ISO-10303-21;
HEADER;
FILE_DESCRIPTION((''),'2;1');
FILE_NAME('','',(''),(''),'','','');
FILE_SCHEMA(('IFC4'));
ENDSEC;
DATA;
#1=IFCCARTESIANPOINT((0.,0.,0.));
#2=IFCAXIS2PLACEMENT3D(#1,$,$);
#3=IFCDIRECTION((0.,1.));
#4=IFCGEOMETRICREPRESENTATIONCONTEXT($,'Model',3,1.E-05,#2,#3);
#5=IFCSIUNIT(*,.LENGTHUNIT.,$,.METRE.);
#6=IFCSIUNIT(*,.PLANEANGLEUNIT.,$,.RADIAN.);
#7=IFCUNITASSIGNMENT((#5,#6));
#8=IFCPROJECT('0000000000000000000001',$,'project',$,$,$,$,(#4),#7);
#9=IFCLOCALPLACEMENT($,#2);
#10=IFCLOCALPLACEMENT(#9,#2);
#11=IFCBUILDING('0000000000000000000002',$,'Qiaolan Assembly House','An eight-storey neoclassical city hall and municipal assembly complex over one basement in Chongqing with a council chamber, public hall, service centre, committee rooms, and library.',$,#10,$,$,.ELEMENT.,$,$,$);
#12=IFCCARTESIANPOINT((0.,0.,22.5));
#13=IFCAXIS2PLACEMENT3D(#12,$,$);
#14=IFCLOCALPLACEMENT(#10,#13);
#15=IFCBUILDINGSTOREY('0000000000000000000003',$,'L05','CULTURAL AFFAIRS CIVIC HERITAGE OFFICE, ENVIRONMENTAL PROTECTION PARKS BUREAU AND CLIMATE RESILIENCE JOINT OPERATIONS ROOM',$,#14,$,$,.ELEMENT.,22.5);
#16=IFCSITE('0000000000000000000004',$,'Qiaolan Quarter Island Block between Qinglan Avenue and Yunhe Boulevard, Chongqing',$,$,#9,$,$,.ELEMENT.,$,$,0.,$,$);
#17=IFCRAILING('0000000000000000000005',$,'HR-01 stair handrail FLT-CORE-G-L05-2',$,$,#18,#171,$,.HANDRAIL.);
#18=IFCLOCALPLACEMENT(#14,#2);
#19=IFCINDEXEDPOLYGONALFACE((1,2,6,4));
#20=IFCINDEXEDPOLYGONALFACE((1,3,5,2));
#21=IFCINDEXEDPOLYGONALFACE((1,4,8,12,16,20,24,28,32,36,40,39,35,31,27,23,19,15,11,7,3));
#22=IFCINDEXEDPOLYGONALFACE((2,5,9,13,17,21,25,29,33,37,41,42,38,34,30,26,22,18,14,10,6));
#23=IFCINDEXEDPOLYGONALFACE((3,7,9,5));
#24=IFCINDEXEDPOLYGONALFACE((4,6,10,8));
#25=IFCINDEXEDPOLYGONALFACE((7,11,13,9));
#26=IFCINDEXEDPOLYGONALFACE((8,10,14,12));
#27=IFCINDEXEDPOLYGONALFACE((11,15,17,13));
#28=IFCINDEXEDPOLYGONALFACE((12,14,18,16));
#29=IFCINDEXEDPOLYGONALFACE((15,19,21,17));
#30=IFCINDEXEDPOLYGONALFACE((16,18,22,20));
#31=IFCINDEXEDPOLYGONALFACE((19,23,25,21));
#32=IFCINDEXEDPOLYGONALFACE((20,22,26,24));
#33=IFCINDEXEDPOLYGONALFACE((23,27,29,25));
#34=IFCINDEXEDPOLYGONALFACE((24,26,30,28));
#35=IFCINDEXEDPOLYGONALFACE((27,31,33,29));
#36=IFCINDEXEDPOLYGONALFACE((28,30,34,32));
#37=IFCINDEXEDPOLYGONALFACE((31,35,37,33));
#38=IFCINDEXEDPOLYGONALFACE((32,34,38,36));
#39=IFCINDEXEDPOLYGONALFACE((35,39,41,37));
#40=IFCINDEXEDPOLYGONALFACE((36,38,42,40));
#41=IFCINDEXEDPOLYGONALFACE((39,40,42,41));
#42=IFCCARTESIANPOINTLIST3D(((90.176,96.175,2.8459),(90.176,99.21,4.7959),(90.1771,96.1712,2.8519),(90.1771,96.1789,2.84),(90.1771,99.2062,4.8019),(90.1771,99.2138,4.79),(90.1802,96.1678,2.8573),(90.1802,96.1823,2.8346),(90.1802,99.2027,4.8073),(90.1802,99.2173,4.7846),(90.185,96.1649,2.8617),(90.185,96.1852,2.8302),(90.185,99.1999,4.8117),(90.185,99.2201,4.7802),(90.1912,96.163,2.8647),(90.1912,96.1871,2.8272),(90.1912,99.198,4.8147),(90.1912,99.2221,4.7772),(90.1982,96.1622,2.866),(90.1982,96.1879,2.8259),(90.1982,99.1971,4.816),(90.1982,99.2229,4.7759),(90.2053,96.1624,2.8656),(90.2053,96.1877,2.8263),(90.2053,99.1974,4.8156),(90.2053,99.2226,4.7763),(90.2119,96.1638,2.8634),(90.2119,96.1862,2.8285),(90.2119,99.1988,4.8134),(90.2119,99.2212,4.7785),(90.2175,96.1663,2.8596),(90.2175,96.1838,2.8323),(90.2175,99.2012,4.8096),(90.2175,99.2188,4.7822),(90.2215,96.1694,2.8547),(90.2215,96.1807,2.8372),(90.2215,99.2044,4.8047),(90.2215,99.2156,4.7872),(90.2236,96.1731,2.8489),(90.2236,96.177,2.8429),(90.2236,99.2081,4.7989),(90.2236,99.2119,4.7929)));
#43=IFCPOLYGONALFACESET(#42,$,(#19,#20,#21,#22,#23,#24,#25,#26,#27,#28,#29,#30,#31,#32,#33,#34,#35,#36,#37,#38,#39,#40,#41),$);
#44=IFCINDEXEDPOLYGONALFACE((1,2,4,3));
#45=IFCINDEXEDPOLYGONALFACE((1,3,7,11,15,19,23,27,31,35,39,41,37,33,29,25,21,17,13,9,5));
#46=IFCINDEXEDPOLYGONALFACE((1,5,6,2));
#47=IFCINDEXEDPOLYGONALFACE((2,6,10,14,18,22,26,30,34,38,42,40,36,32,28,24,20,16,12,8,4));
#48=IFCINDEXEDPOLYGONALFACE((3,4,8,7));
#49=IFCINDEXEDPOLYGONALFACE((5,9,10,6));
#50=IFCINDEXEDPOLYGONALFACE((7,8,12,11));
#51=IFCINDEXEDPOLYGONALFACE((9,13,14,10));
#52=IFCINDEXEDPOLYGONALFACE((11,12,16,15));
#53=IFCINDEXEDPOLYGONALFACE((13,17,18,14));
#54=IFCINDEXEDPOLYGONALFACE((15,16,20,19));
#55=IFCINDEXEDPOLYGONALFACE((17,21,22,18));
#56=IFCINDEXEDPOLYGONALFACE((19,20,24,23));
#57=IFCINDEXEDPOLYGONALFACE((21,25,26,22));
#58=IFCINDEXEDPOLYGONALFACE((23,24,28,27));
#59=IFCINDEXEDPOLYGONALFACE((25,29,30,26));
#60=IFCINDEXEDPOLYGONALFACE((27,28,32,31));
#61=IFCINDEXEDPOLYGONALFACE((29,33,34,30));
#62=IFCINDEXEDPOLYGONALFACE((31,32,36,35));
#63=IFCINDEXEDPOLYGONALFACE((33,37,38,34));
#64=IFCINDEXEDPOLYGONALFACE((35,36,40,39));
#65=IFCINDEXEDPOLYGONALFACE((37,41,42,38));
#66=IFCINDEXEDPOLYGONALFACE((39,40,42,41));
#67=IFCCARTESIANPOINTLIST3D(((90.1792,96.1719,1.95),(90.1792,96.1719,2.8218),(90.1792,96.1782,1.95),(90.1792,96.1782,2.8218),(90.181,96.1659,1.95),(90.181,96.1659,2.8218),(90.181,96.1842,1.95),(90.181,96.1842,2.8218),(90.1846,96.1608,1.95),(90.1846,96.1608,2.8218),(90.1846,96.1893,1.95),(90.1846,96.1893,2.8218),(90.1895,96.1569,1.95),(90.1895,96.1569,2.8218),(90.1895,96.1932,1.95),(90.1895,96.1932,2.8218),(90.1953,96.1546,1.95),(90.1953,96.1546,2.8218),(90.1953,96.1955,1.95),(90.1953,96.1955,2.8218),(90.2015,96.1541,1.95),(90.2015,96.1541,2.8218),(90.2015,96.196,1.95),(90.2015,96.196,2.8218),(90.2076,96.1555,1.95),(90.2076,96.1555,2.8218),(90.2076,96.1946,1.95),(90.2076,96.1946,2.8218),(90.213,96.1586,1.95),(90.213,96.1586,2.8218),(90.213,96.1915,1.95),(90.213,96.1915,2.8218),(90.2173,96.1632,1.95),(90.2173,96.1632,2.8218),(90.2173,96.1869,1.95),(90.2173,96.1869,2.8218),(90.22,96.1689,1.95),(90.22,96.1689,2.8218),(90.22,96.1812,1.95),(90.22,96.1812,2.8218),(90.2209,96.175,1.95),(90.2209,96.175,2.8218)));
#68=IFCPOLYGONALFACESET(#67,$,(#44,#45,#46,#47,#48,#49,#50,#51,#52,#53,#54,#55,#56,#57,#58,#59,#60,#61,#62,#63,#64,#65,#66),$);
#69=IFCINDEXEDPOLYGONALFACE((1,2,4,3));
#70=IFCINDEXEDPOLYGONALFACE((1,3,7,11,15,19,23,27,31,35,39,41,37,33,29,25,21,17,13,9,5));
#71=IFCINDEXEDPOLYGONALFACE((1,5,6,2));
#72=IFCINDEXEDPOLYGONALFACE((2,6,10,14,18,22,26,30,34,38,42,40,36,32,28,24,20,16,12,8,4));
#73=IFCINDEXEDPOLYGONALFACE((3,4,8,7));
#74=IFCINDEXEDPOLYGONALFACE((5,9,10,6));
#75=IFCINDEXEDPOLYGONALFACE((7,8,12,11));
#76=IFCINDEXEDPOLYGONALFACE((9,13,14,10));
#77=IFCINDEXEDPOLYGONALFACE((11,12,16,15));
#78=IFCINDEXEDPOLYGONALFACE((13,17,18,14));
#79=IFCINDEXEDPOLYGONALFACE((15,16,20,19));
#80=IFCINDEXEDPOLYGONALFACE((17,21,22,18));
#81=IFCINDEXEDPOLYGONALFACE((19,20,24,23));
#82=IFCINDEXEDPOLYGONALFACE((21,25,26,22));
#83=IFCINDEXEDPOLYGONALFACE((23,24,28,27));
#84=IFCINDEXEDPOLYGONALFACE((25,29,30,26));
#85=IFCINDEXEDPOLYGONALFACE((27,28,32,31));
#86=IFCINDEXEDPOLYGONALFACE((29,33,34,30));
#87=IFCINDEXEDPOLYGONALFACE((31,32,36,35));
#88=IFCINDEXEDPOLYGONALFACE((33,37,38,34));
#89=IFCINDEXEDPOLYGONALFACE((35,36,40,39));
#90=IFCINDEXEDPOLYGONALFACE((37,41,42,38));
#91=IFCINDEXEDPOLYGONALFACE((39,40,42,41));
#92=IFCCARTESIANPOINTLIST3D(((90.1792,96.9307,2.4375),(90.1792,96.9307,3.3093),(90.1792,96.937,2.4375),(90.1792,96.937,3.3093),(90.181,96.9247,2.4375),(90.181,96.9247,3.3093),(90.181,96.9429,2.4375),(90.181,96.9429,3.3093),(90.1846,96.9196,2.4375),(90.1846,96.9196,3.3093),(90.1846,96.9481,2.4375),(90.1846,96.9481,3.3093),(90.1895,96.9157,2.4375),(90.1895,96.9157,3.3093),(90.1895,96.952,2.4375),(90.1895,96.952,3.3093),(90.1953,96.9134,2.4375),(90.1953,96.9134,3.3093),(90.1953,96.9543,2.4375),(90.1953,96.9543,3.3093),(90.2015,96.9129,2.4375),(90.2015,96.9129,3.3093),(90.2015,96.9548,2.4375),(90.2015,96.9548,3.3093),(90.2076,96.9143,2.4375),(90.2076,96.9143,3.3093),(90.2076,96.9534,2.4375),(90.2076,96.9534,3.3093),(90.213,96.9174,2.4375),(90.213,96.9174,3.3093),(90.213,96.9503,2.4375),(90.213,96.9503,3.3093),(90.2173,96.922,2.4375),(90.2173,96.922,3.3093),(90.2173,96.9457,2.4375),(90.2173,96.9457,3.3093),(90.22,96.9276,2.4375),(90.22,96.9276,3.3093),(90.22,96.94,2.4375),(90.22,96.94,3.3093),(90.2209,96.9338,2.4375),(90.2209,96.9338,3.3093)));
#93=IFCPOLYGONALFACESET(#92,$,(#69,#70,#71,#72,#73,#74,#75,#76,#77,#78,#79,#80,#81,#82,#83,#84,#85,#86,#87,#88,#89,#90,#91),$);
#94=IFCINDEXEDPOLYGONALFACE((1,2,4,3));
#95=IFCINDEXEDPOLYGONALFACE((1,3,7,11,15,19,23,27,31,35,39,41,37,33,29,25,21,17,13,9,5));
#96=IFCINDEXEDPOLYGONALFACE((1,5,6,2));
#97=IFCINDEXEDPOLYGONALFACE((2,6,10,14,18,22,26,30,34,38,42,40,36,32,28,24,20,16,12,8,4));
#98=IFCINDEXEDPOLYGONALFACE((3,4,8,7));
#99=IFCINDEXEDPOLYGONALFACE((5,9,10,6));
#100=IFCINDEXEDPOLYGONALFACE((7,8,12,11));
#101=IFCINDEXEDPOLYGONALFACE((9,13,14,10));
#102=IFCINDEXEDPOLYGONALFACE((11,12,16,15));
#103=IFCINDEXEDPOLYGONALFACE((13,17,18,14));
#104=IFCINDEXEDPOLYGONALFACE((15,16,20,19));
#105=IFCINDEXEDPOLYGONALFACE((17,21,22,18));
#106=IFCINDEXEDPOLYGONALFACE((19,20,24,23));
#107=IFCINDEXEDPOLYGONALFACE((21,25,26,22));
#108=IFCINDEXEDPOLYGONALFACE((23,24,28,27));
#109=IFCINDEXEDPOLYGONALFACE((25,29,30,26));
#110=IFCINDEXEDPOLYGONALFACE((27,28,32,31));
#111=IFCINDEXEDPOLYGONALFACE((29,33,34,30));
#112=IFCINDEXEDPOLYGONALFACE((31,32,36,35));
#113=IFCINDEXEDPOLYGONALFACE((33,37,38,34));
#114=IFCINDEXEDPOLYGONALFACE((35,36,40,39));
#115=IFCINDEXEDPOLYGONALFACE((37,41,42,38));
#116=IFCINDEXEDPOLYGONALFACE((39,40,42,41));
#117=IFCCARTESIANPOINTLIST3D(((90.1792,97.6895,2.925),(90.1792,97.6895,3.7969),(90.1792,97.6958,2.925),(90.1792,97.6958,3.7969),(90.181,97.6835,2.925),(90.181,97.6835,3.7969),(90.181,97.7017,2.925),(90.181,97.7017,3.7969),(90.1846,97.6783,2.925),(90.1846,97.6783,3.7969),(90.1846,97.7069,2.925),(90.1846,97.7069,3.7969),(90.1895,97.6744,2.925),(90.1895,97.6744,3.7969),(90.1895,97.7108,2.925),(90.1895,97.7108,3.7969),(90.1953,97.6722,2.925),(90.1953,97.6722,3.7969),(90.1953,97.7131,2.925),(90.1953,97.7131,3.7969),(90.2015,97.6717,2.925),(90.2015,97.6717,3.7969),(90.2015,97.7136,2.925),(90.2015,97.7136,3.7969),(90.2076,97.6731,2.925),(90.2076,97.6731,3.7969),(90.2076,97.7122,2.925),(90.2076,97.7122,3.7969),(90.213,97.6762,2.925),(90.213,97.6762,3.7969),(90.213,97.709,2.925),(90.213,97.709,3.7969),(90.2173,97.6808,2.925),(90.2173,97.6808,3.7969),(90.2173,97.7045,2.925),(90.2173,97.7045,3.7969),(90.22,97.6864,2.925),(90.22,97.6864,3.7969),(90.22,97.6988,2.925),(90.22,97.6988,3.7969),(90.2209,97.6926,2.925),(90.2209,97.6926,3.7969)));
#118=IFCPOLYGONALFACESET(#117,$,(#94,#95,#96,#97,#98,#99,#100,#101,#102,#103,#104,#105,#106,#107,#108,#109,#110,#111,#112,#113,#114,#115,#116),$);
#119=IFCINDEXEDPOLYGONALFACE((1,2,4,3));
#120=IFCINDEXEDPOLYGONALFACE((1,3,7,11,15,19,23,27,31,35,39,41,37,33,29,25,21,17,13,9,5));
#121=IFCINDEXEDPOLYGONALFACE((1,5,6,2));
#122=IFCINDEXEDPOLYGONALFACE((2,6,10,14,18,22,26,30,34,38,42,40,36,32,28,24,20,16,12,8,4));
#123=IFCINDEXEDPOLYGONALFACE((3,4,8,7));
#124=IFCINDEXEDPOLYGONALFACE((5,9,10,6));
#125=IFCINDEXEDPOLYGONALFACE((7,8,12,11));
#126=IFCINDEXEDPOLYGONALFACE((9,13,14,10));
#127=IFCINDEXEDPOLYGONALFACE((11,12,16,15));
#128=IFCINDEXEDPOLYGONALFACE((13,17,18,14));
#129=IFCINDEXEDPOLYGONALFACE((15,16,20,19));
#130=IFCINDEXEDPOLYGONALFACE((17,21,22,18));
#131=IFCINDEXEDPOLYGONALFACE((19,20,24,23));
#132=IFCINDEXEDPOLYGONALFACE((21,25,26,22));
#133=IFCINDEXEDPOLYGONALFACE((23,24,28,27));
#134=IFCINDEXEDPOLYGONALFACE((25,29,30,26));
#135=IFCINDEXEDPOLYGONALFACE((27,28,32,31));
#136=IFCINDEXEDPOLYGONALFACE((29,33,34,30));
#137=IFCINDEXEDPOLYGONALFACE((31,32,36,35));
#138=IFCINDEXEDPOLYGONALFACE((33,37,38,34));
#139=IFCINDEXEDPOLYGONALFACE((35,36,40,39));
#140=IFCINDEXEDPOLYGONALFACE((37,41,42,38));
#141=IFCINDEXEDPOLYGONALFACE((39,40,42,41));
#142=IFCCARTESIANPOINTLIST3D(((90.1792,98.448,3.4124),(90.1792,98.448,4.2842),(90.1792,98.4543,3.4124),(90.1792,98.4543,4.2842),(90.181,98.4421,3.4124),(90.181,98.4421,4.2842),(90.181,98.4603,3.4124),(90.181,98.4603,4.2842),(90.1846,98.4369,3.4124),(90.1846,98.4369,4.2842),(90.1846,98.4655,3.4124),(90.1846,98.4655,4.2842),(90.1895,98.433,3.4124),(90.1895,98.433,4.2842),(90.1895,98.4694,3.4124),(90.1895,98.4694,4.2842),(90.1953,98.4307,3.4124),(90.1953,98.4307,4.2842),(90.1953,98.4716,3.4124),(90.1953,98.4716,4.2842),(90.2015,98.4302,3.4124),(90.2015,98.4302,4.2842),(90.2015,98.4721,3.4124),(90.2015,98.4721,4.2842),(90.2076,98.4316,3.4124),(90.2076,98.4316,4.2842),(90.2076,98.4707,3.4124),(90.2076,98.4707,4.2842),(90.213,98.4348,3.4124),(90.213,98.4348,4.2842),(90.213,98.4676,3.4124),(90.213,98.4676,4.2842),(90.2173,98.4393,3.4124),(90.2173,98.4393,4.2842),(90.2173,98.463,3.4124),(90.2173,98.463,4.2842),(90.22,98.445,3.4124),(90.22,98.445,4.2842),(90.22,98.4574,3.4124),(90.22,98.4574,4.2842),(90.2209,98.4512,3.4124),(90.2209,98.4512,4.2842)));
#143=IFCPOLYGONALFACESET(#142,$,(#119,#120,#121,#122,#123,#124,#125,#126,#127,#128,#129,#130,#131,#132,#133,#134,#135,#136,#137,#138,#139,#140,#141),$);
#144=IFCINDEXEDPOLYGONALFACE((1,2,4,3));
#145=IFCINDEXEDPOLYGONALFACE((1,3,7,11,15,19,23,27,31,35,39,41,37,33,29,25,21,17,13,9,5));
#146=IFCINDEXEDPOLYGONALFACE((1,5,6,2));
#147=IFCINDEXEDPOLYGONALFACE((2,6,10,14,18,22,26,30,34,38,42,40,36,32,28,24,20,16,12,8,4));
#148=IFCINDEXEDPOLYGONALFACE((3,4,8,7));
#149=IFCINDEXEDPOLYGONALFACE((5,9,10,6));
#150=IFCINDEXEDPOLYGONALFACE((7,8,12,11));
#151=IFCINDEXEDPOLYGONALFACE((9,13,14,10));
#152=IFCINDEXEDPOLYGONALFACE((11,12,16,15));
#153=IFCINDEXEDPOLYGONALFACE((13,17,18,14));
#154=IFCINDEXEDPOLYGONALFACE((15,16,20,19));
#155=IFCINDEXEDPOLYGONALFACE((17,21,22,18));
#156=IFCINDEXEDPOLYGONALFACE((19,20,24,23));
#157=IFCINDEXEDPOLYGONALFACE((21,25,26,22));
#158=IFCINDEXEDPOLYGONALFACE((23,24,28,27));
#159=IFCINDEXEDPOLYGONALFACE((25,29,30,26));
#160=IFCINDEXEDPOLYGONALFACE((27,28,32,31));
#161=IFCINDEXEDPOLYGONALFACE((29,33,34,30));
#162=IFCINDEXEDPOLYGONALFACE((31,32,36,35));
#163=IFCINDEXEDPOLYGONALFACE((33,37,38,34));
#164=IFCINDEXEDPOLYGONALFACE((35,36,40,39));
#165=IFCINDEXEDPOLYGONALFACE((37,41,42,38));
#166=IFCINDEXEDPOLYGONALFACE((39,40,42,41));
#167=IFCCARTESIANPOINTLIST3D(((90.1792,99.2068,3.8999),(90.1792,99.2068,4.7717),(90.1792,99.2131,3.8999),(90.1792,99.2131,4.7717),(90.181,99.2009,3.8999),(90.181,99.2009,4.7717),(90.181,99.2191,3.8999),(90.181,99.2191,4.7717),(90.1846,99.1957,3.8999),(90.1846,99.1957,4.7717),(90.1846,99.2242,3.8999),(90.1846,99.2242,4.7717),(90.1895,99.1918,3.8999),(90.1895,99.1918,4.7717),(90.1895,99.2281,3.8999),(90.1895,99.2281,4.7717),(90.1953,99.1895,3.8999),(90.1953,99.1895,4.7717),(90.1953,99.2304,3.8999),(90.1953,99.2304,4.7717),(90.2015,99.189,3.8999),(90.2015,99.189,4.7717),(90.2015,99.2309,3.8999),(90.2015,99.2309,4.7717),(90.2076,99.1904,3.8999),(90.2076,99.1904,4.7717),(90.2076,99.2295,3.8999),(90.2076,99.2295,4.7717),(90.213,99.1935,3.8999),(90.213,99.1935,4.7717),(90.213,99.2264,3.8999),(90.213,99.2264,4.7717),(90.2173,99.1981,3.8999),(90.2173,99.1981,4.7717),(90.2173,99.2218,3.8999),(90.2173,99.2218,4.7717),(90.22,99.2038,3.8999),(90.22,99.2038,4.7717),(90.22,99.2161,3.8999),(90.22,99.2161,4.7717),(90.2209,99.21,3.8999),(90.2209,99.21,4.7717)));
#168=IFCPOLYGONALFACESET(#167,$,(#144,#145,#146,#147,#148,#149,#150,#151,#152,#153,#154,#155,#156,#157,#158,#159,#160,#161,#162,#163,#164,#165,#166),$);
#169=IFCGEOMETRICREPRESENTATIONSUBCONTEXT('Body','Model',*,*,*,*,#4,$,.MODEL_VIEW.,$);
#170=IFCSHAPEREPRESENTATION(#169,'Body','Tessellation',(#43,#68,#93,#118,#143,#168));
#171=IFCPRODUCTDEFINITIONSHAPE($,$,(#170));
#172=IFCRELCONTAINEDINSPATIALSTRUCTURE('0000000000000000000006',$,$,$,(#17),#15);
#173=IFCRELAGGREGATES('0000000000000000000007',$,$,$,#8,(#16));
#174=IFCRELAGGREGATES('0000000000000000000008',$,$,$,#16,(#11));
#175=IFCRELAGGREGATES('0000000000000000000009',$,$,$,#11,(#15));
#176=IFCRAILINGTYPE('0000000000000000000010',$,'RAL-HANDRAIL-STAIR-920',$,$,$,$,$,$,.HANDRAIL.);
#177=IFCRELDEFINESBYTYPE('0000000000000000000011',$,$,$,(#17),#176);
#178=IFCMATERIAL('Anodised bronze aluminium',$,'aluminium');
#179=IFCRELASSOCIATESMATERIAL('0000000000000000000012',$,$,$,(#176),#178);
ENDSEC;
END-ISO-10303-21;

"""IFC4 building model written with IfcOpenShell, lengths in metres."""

from ifc_helpers import new_model, si_unit, direction, frame, origin, origin_2d, place, context, subcontext, project, spatial, circle, extrude, material, type_object, element, save


model = new_model("IFC4")

# Units and contexts
model_context = context("Model", 3, precision=1e-05, world=origin(), true_north=direction((0.0, 1.0)))
body_context = subcontext(model_context, "Body", "Model", "MODEL_VIEW")
ifc_project = project(units=[si_unit("LENGTHUNIT", "METRE"), si_unit("PLANEANGLEUNIT", "RADIAN")], contexts=[model_context])

# Site, building, storey
site_placement = place(None, origin())
site = spatial("IfcSite", under=ifc_project, at=site_placement, Name="Qiaolan Quarter Island Block between Qinglan Avenue and Yunhe Boulevard, Chongqing", CompositionType="ELEMENT", RefElevation=0.0)
building_placement = place(site_placement, origin())
building = spatial("IfcBuilding", under=site, at=building_placement, Name="Qiaolan Assembly House", Description="An eight-storey neoclassical city hall and municipal assembly complex over one basement in Chongqing with a council chamber, public hall, service centre, committee rooms, and library.", CompositionType="ELEMENT")
storey_placement = place(building_placement, frame((0.0, 0.0, 22.5)))
storey = spatial("IfcBuildingStorey", under=building, at=storey_placement, Name="L05", Description="CULTURAL AFFAIRS CIVIC HERITAGE OFFICE, ENVIRONMENTAL PROTECTION PARKS BUREAU AND CLIMATE RESILIENCE JOINT OPERATIONS ROOM", CompositionType="ELEMENT", Elevation=22.5)

# Railing
ifc_material_1 = material(Name="Anodised bronze aluminium", Category="aluminium")
railing_type_1 = type_object("IfcRailingType", Name="RAL-HANDRAIL-STAIR-920", PredefinedType="HANDRAIL", material=ifc_material_1)
railing_1_placement = place(storey_placement, frame((90.2, 96.175, 1.95)))
element("IfcRailing", 1, at=railing_1_placement, inside=storey, type_object=railing_type_1, Name="HR-01 stair handrail FLT-CORE-G-L05-2", PredefinedType="HANDRAIL", context=body_context, shape_type="SweptSolid", body=[
    extrude(circle(Radius=0.0239, at=origin_2d()), frame((0.0, 0.0, 0.896), z_axis=(0.0, 0.841313, 0.540549), x_axis=(-1.0, 0.0, 0.0)), (0.0, 0.0, 1.0), 3.6074),
    extrude(circle(Radius=0.021, at=origin_2d()), origin(), (0.0, 0.0, 1.0), 0.8718),
    extrude(circle(Radius=0.021, at=origin_2d()), frame((0.0, 0.7588, 0.4875)), (0.0, 0.0, 1.0), 0.8718),
    extrude(circle(Radius=0.021, at=origin_2d()), frame((0.0, 1.5176, 0.9751)), (0.0, 0.0, 1.0), 0.8718),
    extrude(circle(Radius=0.021, at=origin_2d()), frame((0.0, 2.2761, 1.4624)), (0.0, 0.0, 1.0), 0.8718),
    extrude(circle(Radius=0.021, at=origin_2d()), frame((0.0, 3.0349, 1.95)), (0.0, 0.0, 1.0), 0.8718),
])

save(model, "model.ifc")
